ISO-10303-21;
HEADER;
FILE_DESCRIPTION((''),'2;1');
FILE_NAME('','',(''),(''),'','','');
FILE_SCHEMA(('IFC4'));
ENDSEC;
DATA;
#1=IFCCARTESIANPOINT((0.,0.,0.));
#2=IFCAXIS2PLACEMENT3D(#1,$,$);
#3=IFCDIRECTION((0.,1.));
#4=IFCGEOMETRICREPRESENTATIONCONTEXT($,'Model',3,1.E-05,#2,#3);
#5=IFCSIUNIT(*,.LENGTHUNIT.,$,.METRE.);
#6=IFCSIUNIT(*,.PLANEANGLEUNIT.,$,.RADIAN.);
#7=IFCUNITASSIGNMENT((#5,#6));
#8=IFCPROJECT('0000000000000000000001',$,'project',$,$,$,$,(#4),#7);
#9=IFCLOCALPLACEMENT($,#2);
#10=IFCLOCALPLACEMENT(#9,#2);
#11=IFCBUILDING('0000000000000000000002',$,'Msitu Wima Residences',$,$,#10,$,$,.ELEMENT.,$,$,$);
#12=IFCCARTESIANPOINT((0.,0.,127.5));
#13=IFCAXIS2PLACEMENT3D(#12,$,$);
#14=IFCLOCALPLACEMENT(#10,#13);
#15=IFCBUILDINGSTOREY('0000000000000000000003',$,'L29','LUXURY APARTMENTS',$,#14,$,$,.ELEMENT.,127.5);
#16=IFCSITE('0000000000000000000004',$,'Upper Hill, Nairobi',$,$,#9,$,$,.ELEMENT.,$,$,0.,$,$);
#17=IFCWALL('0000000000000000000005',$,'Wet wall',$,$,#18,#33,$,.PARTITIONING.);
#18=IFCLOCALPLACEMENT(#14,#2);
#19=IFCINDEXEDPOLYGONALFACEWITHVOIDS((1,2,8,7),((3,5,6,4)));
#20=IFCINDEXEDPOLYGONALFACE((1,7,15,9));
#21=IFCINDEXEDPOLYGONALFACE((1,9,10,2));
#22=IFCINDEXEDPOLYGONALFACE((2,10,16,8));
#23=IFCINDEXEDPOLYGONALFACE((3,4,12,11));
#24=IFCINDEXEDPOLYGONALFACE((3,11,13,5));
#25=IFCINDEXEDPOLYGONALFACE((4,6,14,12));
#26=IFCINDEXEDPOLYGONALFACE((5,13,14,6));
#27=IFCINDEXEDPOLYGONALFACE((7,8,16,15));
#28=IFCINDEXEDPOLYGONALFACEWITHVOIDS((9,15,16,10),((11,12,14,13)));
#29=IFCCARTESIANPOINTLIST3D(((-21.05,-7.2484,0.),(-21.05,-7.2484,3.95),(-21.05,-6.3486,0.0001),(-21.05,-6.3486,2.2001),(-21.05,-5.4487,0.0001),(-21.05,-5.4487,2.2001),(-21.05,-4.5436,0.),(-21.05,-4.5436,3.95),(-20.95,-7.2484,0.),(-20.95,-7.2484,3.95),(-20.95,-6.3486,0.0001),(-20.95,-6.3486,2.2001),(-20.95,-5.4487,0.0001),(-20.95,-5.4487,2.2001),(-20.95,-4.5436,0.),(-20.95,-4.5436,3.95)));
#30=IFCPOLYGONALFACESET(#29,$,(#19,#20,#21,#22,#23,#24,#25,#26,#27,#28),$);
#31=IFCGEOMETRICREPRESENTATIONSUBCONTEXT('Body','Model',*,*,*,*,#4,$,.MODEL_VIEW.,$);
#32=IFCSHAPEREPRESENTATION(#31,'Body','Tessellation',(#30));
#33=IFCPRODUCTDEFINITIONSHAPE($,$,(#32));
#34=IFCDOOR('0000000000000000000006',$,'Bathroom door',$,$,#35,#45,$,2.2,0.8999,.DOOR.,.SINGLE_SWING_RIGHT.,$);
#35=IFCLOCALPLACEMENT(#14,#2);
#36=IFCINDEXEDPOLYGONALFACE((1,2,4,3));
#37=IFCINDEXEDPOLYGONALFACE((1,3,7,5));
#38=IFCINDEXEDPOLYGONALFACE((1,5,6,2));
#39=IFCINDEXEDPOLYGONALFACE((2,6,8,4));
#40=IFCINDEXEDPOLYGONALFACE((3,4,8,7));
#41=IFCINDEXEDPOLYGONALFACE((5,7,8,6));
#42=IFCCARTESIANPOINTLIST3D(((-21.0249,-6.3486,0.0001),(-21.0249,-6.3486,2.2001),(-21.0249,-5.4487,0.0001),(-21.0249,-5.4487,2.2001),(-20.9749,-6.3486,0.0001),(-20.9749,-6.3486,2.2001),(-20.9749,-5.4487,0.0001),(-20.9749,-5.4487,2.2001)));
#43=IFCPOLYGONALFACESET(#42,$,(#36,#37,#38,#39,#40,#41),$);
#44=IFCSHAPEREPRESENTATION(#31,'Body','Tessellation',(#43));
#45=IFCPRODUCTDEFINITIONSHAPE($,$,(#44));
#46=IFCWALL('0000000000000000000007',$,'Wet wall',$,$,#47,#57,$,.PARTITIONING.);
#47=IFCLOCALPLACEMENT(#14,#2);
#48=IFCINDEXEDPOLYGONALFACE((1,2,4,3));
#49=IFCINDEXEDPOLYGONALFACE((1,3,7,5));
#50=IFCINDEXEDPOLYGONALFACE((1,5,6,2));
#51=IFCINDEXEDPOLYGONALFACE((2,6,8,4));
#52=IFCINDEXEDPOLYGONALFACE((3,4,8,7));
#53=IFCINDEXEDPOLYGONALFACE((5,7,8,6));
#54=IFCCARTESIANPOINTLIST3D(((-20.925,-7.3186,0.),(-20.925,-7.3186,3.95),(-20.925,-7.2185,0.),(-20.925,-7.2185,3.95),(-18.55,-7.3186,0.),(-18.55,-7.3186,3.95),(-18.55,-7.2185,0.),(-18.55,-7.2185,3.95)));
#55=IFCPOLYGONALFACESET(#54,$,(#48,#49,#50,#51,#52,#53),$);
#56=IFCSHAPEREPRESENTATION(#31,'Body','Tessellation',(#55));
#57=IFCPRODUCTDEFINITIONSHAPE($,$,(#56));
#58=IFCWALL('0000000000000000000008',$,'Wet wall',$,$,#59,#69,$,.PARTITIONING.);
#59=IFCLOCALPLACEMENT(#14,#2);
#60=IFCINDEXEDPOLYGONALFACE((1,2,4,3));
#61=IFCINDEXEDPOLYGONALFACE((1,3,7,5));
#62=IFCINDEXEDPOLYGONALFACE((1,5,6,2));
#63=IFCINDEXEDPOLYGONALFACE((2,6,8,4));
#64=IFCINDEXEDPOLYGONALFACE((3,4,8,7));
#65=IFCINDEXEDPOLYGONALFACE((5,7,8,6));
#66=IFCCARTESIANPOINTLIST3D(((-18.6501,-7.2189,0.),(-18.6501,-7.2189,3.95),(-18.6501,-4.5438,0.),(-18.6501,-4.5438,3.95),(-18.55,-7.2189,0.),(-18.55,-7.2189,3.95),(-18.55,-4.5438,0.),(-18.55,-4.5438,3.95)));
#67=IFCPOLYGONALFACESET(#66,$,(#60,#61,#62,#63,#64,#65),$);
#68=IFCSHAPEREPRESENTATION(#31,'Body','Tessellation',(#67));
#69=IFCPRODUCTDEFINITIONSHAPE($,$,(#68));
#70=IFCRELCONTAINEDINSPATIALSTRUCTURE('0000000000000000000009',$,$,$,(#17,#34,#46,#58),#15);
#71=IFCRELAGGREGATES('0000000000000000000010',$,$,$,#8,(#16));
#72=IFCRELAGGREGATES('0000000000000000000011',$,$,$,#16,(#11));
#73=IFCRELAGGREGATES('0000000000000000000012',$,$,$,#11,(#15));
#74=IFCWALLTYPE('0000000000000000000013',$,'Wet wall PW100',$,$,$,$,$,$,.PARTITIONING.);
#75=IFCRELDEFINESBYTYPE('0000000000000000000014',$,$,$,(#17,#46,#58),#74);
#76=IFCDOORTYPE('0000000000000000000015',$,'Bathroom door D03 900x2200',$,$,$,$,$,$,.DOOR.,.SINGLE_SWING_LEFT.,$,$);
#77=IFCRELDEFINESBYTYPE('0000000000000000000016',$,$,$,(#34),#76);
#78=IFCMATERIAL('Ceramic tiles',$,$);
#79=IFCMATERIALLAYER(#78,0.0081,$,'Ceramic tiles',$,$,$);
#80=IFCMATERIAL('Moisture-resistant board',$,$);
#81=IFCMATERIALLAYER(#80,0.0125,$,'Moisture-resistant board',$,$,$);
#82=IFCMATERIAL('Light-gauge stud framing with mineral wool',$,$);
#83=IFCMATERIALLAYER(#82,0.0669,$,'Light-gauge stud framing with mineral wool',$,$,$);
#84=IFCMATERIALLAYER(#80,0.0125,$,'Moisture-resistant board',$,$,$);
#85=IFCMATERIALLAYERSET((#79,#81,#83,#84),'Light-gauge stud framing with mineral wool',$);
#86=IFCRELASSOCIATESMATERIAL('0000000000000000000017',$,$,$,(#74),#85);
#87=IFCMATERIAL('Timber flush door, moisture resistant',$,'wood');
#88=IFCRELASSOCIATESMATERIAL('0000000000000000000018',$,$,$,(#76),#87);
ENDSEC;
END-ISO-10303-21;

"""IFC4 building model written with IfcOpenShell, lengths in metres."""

from ifc_helpers import new_model, si_unit, direction, frame, frame_2d, origin, place, context, subcontext, project, spatial, rectangle, extrude, material, layer, layer_set, type_object, element, fill, save


model = new_model("IFC4")

# Units and contexts
model_context = context("Model", 3, precision=1e-05, world=origin(), true_north=direction((0.0, 1.0)))
body_context = subcontext(model_context, "Body", "Model", "MODEL_VIEW")
ifc_project = project(units=[si_unit("LENGTHUNIT", "METRE"), si_unit("PLANEANGLEUNIT", "RADIAN")], contexts=[model_context])

# Site, building, storey
site_placement = place(None, origin())
site = spatial("IfcSite", under=ifc_project, at=site_placement, Name="Upper Hill, Nairobi", CompositionType="ELEMENT", RefElevation=0.0)
building_placement = place(site_placement, origin())
building = spatial("IfcBuilding", under=site, at=building_placement, Name="Msitu Wima Residences", CompositionType="ELEMENT")
storey_placement = place(building_placement, frame((0.0, 0.0, 127.5)))
storey = spatial("IfcBuildingStorey", under=building, at=storey_placement, Name="L29", Description="LUXURY APARTMENTS", CompositionType="ELEMENT", Elevation=127.5)

# Shared definitions
ifc_material_1 = material(Name="Ceramic tiles")
ifc_layer_1 = layer(ifc_material_1, 0.0081, Name="Ceramic tiles")
ifc_material_2 = material(Name="Moisture-resistant board")
ifc_layer_2 = layer(ifc_material_2, 0.0125, Name="Moisture-resistant board")
ifc_material_3 = material(Name="Light-gauge stud framing with mineral wool")
ifc_layer_3 = layer(ifc_material_3, 0.0669, Name="Light-gauge stud framing with mineral wool")
ifc_layer_4 = layer(ifc_material_2, 0.0125, Name="Moisture-resistant board")
ifc_layer_set_1 = layer_set([ifc_layer_1, ifc_layer_2, ifc_layer_3, ifc_layer_4], Name="Light-gauge stud framing with mineral wool")
wall_type_1 = type_object("IfcWallType", Name="Wet wall PW100", PredefinedType="PARTITIONING", material=ifc_layer_set_1)

# Wall, opening, door
wall_1_placement = place(storey_placement, frame((-21.0, -7.2485, 0.0), z_axis=(0.0, 0.0, 1.0), x_axis=(0.0, 1.0, 0.0)))
wall_1 = element("IfcWall", 1, at=wall_1_placement, inside=storey, type_object=wall_type_1, Name="Wet wall", PredefinedType="PARTITIONING", context=body_context, shape_type="SweptSolid", body=[
    extrude(rectangle(XDim=2.7048, YDim=0.1001, at=frame_2d((1.3525, 0.0))), origin(), (0.0, 0.0, 1.0), 3.95),
])
opening_1_placement = place(wall_1_placement, frame((0.8999, 0.0, 0.0)))
opening_1 = element("IfcOpeningElement", 2, at=opening_1_placement, cuts=wall_1, PredefinedType="OPENING", context=body_context, shape_type="SweptSolid", body=[
    extrude(rectangle(XDim=0.8999, YDim=2.2, at=frame_2d((0.45, 1.1001))), frame((0.0, 0.0601, 0.0), z_axis=(0.0, -1.0, 0.0), x_axis=(1.0, 0.0, 0.0)), (0.0, 0.0, 1.0), 0.1201),
])
ifc_material_4 = material(Name="Timber flush door, moisture resistant", Category="wood")
door_type_1 = type_object("IfcDoorType", Name="Bathroom door D03 900x2200", OperationType="SINGLE_SWING_LEFT", PredefinedType="DOOR", material=ifc_material_4)
door_1_placement = place(opening_1_placement, origin())
door_1 = element("IfcDoor", 3, at=door_1_placement, inside=storey, type_object=door_type_1, Name="Bathroom door", OperationType="SINGLE_SWING_RIGHT", OverallHeight=2.2, OverallWidth=0.8999, PredefinedType="DOOR", context=body_context, shape_type="SweptSolid", body=[
    extrude(rectangle(XDim=0.8999, YDim=2.2, at=frame_2d((0.45, 1.1001))), frame((0.0, 0.0249, 0.0), z_axis=(0.0, -1.0, 0.0), x_axis=(1.0, 0.0, 0.0)), (0.0, 0.0, 1.0), 0.05),
])
fill(opening_1, door_1)

# Walls
wall_2_placement = place(storey_placement, frame((-20.925, -7.2686, 0.0), z_axis=(0.0, 0.0, 1.0), x_axis=(1.0, 0.0, 0.0)))
element("IfcWall", 4, at=wall_2_placement, inside=storey, type_object=wall_type_1, Name="Wet wall", PredefinedType="PARTITIONING", context=body_context, shape_type="SweptSolid", body=[
    extrude(rectangle(XDim=2.375, YDim=0.1001, at=frame_2d((1.1875, 0.0))), origin(), (0.0, 0.0, 1.0), 3.95),
])
wall_3_placement = place(storey_placement, frame((-18.6001, -7.2188, 0.0), z_axis=(0.0, 0.0, 1.0), x_axis=(0.0, 1.0, 0.0)))
element("IfcWall", 5, at=wall_3_placement, inside=storey, type_object=wall_type_1, Name="Wet wall", PredefinedType="PARTITIONING", context=body_context, shape_type="SweptSolid", body=[
    extrude(rectangle(XDim=2.675, YDim=0.1001, at=frame_2d((1.3374, 0.0))), origin(), (0.0, 0.0, 1.0), 3.95),
])

save(model, "model.ifc")
